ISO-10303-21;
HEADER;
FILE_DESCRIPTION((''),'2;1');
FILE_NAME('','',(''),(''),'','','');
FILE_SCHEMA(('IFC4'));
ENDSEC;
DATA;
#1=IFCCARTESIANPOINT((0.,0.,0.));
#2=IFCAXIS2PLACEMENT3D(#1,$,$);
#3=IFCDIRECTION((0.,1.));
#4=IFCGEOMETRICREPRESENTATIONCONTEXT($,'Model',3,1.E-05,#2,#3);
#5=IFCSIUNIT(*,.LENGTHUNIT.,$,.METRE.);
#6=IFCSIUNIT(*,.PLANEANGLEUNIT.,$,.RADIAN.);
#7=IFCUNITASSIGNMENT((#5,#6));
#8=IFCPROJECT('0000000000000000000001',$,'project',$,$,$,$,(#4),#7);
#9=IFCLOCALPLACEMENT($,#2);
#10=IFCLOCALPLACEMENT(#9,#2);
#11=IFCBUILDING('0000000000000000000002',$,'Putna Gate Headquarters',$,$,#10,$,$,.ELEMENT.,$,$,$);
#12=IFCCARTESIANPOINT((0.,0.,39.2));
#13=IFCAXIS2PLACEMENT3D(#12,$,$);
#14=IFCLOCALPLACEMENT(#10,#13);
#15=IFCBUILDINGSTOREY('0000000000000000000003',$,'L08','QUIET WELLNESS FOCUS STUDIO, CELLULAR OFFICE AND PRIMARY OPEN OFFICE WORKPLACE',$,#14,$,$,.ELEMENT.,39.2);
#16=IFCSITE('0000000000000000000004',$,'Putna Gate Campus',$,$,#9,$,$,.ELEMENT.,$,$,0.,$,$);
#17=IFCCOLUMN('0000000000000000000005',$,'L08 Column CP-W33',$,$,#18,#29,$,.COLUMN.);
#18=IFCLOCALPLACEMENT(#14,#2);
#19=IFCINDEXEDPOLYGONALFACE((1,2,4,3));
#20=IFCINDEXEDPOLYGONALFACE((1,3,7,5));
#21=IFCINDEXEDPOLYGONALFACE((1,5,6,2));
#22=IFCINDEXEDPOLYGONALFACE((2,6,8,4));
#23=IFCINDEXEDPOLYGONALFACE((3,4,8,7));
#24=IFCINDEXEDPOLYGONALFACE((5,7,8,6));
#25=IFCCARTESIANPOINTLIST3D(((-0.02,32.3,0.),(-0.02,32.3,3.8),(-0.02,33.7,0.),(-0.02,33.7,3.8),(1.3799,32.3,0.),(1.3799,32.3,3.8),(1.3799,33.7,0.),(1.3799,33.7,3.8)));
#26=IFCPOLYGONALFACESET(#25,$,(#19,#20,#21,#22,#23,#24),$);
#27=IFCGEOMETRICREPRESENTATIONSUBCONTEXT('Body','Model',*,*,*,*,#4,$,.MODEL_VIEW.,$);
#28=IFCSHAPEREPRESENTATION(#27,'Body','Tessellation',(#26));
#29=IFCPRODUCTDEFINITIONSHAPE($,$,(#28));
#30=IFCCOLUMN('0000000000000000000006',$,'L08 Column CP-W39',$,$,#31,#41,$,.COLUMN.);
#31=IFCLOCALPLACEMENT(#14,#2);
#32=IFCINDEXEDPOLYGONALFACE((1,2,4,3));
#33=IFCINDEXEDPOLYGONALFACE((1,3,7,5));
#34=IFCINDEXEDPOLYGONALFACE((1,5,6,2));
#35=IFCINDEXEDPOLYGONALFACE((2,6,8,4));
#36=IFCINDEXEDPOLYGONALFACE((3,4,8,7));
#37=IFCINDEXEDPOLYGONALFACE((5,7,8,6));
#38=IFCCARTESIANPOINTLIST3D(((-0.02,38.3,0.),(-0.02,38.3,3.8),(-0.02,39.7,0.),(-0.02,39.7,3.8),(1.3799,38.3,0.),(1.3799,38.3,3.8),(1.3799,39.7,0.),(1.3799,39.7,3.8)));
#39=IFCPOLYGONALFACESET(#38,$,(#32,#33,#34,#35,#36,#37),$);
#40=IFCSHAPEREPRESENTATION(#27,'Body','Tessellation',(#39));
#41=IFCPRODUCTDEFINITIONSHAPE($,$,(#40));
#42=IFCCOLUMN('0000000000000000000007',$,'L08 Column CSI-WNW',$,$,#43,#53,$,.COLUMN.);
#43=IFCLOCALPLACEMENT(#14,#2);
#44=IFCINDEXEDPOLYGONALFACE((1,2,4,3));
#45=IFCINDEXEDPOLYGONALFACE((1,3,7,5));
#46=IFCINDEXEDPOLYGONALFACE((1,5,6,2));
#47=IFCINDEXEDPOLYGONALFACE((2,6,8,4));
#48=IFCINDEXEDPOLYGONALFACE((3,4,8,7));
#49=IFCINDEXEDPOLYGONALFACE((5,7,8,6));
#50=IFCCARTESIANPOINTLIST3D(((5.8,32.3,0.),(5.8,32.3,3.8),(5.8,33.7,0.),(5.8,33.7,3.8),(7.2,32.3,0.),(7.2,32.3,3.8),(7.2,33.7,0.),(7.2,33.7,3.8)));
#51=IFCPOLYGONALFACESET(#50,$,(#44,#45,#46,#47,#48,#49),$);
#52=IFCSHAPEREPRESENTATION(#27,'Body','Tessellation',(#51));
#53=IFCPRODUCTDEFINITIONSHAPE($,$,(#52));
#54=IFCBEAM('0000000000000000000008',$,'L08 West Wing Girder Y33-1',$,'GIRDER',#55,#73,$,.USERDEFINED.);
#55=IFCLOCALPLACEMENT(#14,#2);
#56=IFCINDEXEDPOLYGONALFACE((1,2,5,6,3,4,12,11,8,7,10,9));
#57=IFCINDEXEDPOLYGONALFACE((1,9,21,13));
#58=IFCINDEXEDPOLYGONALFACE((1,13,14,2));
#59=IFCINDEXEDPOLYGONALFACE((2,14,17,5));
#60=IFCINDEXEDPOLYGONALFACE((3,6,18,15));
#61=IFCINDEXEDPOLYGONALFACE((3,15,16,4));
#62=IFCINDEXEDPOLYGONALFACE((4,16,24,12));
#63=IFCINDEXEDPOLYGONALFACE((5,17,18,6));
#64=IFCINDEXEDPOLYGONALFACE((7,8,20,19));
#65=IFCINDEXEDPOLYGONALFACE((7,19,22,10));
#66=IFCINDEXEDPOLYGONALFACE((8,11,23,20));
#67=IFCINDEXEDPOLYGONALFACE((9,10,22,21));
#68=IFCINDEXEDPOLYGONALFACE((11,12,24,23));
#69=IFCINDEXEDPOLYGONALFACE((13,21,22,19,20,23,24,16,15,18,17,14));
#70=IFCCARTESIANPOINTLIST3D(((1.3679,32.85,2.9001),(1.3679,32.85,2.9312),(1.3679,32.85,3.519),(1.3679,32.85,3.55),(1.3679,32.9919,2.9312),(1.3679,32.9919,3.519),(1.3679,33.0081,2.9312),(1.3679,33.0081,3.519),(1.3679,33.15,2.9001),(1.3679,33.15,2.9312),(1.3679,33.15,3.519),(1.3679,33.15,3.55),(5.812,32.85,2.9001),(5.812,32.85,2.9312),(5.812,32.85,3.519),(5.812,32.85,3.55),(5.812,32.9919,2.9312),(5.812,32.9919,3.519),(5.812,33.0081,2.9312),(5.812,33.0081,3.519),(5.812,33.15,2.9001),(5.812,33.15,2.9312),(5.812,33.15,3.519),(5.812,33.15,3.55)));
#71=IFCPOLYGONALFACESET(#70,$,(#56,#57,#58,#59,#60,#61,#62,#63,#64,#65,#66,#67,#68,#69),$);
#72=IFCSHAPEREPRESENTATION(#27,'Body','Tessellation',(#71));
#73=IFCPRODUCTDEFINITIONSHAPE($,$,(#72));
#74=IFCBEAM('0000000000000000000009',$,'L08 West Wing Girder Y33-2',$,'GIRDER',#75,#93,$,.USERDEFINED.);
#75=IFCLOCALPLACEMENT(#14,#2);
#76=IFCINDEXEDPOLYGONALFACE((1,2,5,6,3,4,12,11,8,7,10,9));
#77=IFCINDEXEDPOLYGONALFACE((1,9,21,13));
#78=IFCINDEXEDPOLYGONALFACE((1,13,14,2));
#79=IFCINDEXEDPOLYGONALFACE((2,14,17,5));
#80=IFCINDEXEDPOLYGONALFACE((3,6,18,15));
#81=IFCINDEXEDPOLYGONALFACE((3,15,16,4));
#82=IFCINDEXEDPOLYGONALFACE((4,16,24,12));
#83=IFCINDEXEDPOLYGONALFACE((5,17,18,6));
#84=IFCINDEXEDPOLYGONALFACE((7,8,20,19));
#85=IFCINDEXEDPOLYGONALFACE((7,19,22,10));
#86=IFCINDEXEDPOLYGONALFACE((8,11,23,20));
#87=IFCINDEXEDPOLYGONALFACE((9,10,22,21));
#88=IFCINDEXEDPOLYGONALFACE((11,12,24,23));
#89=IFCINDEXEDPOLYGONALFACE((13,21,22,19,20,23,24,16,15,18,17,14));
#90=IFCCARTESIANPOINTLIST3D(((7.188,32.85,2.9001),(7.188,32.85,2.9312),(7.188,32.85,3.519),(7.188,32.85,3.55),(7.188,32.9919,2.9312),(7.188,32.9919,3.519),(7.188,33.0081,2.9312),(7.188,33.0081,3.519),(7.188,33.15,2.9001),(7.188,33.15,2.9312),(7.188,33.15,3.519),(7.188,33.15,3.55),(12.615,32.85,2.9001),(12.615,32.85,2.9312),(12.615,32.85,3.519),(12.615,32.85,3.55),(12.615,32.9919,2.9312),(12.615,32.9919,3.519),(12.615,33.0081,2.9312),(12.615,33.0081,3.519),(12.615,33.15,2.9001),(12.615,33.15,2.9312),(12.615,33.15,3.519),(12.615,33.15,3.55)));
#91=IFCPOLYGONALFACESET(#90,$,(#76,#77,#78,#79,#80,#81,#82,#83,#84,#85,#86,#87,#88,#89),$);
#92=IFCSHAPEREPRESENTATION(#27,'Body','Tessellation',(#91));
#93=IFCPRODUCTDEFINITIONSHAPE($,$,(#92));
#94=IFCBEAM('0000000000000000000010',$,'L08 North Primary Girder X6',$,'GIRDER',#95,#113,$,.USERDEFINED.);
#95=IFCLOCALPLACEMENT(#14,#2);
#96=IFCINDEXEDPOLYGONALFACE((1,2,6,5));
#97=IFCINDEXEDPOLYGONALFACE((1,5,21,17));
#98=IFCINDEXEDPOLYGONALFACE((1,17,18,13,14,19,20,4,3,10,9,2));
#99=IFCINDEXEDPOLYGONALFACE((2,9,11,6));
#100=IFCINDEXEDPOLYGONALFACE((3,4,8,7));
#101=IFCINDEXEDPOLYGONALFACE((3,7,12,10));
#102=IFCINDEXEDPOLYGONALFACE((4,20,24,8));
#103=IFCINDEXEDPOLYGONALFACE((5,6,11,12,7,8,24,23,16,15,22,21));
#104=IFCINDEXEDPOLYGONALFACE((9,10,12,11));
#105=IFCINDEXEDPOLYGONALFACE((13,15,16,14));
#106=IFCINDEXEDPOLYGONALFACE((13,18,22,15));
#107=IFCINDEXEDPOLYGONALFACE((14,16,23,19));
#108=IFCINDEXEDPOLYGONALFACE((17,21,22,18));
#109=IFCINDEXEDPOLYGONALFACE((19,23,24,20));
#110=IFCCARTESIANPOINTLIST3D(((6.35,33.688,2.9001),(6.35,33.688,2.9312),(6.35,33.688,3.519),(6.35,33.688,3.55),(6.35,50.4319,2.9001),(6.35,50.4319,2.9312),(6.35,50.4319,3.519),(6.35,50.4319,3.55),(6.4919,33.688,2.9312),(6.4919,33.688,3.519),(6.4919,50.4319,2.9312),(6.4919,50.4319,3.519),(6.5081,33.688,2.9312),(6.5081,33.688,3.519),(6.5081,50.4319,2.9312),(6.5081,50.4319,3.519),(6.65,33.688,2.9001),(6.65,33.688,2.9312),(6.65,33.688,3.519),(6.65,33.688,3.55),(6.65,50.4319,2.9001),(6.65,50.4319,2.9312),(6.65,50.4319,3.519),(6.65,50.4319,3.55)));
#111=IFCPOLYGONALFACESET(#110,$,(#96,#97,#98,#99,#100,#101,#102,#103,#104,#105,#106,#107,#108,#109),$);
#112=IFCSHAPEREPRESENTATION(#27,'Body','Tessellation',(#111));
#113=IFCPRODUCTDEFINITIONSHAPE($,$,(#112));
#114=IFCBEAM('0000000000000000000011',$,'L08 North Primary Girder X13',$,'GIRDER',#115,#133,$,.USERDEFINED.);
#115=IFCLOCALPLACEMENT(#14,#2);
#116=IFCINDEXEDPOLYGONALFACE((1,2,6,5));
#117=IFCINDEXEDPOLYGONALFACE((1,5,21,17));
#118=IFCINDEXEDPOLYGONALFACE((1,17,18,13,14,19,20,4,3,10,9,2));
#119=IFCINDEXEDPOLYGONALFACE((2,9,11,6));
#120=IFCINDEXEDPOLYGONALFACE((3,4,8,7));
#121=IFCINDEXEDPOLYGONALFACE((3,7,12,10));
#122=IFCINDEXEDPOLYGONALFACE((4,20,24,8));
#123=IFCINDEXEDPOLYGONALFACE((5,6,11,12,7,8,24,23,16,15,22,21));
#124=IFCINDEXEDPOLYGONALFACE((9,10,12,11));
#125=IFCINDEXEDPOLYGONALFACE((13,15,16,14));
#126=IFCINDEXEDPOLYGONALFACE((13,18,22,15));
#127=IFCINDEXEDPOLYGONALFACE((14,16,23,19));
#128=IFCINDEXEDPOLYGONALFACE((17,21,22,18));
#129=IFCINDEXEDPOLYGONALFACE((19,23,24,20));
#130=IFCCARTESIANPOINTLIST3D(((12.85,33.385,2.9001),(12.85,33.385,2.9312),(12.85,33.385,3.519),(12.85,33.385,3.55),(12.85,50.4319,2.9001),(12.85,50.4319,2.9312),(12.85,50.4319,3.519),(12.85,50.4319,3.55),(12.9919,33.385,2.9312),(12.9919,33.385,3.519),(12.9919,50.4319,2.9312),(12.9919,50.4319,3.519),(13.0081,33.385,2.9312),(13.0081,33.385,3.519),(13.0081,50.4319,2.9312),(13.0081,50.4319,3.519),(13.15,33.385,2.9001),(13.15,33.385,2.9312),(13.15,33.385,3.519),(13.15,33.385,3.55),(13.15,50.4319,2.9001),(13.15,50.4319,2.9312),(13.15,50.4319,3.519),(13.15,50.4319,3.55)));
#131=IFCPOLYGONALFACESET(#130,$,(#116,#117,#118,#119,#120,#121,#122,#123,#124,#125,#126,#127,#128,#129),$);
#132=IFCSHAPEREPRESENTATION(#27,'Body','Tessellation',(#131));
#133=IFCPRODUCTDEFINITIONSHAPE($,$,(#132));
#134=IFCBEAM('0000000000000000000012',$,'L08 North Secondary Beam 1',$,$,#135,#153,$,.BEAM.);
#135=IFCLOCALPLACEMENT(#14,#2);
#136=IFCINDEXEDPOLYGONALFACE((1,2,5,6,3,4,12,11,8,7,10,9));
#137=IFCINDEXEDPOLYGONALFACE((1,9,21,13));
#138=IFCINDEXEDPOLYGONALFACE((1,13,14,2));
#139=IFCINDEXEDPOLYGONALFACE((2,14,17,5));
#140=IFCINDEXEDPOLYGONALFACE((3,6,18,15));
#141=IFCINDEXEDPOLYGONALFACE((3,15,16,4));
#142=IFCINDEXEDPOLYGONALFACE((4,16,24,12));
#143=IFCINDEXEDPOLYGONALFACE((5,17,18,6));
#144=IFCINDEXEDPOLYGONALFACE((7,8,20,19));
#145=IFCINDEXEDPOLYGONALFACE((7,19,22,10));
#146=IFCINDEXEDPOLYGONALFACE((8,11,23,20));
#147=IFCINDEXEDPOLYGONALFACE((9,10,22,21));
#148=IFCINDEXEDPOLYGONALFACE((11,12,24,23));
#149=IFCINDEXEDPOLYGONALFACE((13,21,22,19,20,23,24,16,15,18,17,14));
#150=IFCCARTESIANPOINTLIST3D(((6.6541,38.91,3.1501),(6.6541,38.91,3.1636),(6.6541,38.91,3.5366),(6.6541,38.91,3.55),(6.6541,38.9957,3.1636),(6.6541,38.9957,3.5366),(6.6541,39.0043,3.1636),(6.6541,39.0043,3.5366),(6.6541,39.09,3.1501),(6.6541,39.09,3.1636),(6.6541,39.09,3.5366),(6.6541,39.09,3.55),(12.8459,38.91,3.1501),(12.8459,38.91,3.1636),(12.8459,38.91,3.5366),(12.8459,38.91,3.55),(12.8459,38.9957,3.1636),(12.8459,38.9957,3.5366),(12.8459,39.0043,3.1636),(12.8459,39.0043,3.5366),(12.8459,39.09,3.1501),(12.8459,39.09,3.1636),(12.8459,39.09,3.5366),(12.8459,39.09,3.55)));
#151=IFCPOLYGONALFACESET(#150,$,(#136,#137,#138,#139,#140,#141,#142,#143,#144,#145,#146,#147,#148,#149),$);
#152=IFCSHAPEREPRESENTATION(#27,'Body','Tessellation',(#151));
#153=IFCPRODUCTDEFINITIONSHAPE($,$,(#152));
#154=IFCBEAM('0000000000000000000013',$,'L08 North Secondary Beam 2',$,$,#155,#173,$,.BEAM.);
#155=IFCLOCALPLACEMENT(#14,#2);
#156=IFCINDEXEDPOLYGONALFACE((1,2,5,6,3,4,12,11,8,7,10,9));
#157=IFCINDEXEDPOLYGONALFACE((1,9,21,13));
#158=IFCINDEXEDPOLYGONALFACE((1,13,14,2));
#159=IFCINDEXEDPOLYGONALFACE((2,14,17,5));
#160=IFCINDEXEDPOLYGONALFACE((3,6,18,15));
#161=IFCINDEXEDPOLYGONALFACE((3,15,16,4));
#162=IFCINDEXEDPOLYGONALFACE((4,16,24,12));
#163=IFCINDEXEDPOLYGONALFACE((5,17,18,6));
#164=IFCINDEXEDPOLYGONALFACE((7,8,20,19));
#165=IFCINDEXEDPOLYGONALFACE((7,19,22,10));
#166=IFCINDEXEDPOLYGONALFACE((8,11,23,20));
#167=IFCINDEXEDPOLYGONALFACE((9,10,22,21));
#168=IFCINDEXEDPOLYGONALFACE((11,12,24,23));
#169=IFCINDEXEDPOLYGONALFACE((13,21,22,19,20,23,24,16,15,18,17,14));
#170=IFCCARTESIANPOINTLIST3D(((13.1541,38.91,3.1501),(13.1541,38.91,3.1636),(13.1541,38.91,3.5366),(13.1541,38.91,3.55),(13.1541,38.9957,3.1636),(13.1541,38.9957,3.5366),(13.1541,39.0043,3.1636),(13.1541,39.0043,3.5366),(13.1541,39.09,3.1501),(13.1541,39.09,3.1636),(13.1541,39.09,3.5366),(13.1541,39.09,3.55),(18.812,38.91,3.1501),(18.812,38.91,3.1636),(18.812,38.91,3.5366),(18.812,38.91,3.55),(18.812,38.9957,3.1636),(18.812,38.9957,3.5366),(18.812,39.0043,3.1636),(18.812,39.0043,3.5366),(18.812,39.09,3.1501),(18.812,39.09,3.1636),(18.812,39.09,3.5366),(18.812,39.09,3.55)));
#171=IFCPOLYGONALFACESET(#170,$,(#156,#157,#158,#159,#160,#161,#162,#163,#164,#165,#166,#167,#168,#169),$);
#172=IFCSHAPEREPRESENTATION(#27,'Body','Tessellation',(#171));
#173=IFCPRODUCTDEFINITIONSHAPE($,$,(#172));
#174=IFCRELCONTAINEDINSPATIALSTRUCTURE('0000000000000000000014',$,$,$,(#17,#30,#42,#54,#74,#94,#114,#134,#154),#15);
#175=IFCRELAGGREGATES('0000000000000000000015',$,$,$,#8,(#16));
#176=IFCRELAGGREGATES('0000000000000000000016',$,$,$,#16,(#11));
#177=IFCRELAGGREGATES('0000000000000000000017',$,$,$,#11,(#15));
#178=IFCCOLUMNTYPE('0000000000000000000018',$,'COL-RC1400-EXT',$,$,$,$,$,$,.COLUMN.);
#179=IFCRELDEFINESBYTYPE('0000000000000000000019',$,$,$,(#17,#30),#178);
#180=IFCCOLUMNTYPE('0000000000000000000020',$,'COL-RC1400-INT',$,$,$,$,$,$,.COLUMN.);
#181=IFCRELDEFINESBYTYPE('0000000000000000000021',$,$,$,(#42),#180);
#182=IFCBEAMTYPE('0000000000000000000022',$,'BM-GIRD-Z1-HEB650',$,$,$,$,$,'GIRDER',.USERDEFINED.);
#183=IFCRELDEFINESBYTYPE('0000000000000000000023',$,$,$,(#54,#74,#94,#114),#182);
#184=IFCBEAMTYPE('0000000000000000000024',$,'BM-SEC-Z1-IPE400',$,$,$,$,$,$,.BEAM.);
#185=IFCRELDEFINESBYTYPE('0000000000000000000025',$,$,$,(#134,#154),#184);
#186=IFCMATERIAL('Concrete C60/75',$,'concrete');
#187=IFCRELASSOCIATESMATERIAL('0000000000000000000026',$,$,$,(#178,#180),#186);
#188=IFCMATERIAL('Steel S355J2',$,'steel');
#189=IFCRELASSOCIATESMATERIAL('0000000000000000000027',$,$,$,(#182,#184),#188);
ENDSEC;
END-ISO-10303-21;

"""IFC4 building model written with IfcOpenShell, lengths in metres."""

from ifc_helpers import new_model, si_unit, direction, frame, origin, origin_2d, place, context, subcontext, project, spatial, rectangle, i_section, extrude, material, material_profile, profile_set, type_object, element, save


model = new_model("IFC4")

# Units and contexts
model_context = context("Model", 3, precision=1e-05, world=origin(), true_north=direction((0.0, 1.0)))
body_context = subcontext(model_context, "Body", "Model", "MODEL_VIEW")
ifc_project = project(units=[si_unit("LENGTHUNIT", "METRE"), si_unit("PLANEANGLEUNIT", "RADIAN")], contexts=[model_context])

# Site, building, storey
site_placement = place(None, origin())
site = spatial("IfcSite", under=ifc_project, at=site_placement, Name="Putna Gate Campus", CompositionType="ELEMENT", RefElevation=0.0)
building_placement = place(site_placement, origin())
building = spatial("IfcBuilding", under=site, at=building_placement, Name="Putna Gate Headquarters", CompositionType="ELEMENT")
storey_placement = place(building_placement, frame((0.0, 0.0, 39.2)))
storey = spatial("IfcBuildingStorey", under=building, at=storey_placement, Name="L08", Description="QUIET WELLNESS FOCUS STUDIO, CELLULAR OFFICE AND PRIMARY OPEN OFFICE WORKPLACE", CompositionType="ELEMENT", Elevation=39.2)

# Columns
ifc_material_1 = material(Name="Concrete C60/75", Category="concrete")
ifc_material_profile_1 = material_profile(ifc_material_1, rectangle(XDim=1.3999, YDim=1.3999, at=origin_2d()), Name="Concrete C60/75")
ifc_profile_set_1 = profile_set([ifc_material_profile_1], Name="Concrete C60/75")
column_type_1 = type_object("IfcColumnType", Name="COL-RC1400-EXT", PredefinedType="COLUMN", material=ifc_profile_set_1)
for number, where, z_axis, x_axis, name in (
    (1, (0.6799, 33.0, 0.0), (0.0, 0.0, 1.0), (1.0, 0.0, 0.0), "L08 Column CP-W33"),
    (2, (0.6799, 39.0, 0.0), (0.0, 0.0, 1.0), (1.0, 0.0, 0.0), "L08 Column CP-W39"),
):
    element("IfcColumn", number, at=place(storey_placement, frame(where, z_axis=z_axis, x_axis=x_axis)), inside=storey, type_object=column_type_1, Name=name, PredefinedType="COLUMN", context=body_context, shape_type="SweptSolid", body=[
        extrude(rectangle(XDim=1.3999, YDim=1.3999, at=origin_2d()), origin(), (0.0, 0.0, 1.0), 3.8),
    ])
ifc_material_profile_2 = material_profile(ifc_material_1, rectangle(XDim=1.3999, YDim=1.3999, at=origin_2d()), Name="Concrete C60/75")
ifc_profile_set_2 = profile_set([ifc_material_profile_2], Name="Concrete C60/75")
column_type_2 = type_object("IfcColumnType", Name="COL-RC1400-INT", PredefinedType="COLUMN", material=ifc_profile_set_2)
column_placement = place(storey_placement, frame((6.5, 33.0, 0.0), z_axis=(0.0, 0.0, 1.0), x_axis=(1.0, 0.0, 0.0)))
element("IfcColumn", 3, at=column_placement, inside=storey, type_object=column_type_2, Name="L08 Column CSI-WNW", PredefinedType="COLUMN", context=body_context, shape_type="SweptSolid", body=[
    extrude(rectangle(XDim=1.3999, YDim=1.3999, at=origin_2d()), origin(), (0.0, 0.0, 1.0), 3.8),
])

# Beams
ifc_material_2 = material(Name="Steel S355J2", Category="steel")
ifc_material_profile_3 = material_profile(ifc_material_2, i_section(OverallWidth=0.3, OverallDepth=0.6499, WebThickness=0.0161, FlangeThickness=0.031, at=origin_2d()), Name="Steel S355J2")
ifc_profile_set_3 = profile_set([ifc_material_profile_3], Name="Steel S355J2")
beam_type_1 = type_object("IfcBeamType", Name="BM-GIRD-Z1-HEB650", ElementType="GIRDER", PredefinedType="USERDEFINED", material=ifc_profile_set_3)
beam_1_placement = place(storey_placement, frame((1.3679, 33.0, 3.2251), z_axis=(1.0, 0.0, 0.0), x_axis=(0.0, 1.0, 0.0)))
element("IfcBeam", 4, at=beam_1_placement, inside=storey, type_object=beam_type_1, Name="L08 West Wing Girder Y33-1", ObjectType="GIRDER", PredefinedType="USERDEFINED", context=body_context, shape_type="SweptSolid", body=[
    extrude(i_section(OverallWidth=0.3, OverallDepth=0.6499, WebThickness=0.0161, FlangeThickness=0.031, at=origin_2d()), origin(), (0.0, 0.0, 1.0), 4.4441),
])
beam_2_placement = place(storey_placement, frame((7.188, 33.0, 3.2251), z_axis=(1.0, 0.0, 0.0), x_axis=(0.0, 1.0, 0.0)))
element("IfcBeam", 5, at=beam_2_placement, inside=storey, type_object=beam_type_1, Name="L08 West Wing Girder Y33-2", ObjectType="GIRDER", PredefinedType="USERDEFINED", context=body_context, shape_type="SweptSolid", body=[
    extrude(i_section(OverallWidth=0.3, OverallDepth=0.6499, WebThickness=0.0161, FlangeThickness=0.031, at=origin_2d()), origin(), (0.0, 0.0, 1.0), 5.427),
])
beam_3_placement = place(storey_placement, frame((6.5, 33.688, 3.2251), z_axis=(0.0, 1.0, 0.0), x_axis=(-1.0, 0.0, 0.0)))
element("IfcBeam", 6, at=beam_3_placement, inside=storey, type_object=beam_type_1, Name="L08 North Primary Girder X6", ObjectType="GIRDER", PredefinedType="USERDEFINED", context=body_context, shape_type="SweptSolid", body=[
    extrude(i_section(OverallWidth=0.3, OverallDepth=0.6499, WebThickness=0.0161, FlangeThickness=0.031, at=origin_2d()), origin(), (0.0, 0.0, 1.0), 16.7439),
])
beam_4_placement = place(storey_placement, frame((13.0, 33.385, 3.2251), z_axis=(0.0, 1.0, 0.0), x_axis=(-1.0, 0.0, 0.0)))
element("IfcBeam", 7, at=beam_4_placement, inside=storey, type_object=beam_type_1, Name="L08 North Primary Girder X13", ObjectType="GIRDER", PredefinedType="USERDEFINED", context=body_context, shape_type="SweptSolid", body=[
    extrude(i_section(OverallWidth=0.3, OverallDepth=0.6499, WebThickness=0.0161, FlangeThickness=0.031, at=origin_2d()), origin(), (0.0, 0.0, 1.0), 17.0469),
])
ifc_material_profile_4 = material_profile(ifc_material_2, i_section(OverallWidth=0.1799, OverallDepth=0.3999, WebThickness=0.0085, FlangeThickness=0.0134, at=origin_2d()), Name="Steel S355J2")
ifc_profile_set_4 = profile_set([ifc_material_profile_4], Name="Steel S355J2")
beam_type_2 = type_object("IfcBeamType", Name="BM-SEC-Z1-IPE400", PredefinedType="BEAM", material=ifc_profile_set_4)
beam_5_placement = place(storey_placement, frame((6.6541, 39.0, 3.3501), z_axis=(1.0, 0.0, 0.0), x_axis=(0.0, 1.0, 0.0)))
element("IfcBeam", 8, at=beam_5_placement, inside=storey, type_object=beam_type_2, Name="L08 North Secondary Beam 1", PredefinedType="BEAM", context=body_context, shape_type="SweptSolid", body=[
    extrude(i_section(OverallWidth=0.1799, OverallDepth=0.3999, WebThickness=0.0085, FlangeThickness=0.0134, at=origin_2d()), origin(), (0.0, 0.0, 1.0), 6.1919),
])
beam_6_placement = place(storey_placement, frame((13.1541, 39.0, 3.3501), z_axis=(1.0, 0.0, 0.0), x_axis=(0.0, 1.0, 0.0)))
element("IfcBeam", 9, at=beam_6_placement, inside=storey, type_object=beam_type_2, Name="L08 North Secondary Beam 2", PredefinedType="BEAM", context=body_context, shape_type="SweptSolid", body=[
    extrude(i_section(OverallWidth=0.1799, OverallDepth=0.3999, WebThickness=0.0085, FlangeThickness=0.0134, at=origin_2d()), origin(), (0.0, 0.0, 1.0), 5.658),
])

save(model, "model.ifc")
